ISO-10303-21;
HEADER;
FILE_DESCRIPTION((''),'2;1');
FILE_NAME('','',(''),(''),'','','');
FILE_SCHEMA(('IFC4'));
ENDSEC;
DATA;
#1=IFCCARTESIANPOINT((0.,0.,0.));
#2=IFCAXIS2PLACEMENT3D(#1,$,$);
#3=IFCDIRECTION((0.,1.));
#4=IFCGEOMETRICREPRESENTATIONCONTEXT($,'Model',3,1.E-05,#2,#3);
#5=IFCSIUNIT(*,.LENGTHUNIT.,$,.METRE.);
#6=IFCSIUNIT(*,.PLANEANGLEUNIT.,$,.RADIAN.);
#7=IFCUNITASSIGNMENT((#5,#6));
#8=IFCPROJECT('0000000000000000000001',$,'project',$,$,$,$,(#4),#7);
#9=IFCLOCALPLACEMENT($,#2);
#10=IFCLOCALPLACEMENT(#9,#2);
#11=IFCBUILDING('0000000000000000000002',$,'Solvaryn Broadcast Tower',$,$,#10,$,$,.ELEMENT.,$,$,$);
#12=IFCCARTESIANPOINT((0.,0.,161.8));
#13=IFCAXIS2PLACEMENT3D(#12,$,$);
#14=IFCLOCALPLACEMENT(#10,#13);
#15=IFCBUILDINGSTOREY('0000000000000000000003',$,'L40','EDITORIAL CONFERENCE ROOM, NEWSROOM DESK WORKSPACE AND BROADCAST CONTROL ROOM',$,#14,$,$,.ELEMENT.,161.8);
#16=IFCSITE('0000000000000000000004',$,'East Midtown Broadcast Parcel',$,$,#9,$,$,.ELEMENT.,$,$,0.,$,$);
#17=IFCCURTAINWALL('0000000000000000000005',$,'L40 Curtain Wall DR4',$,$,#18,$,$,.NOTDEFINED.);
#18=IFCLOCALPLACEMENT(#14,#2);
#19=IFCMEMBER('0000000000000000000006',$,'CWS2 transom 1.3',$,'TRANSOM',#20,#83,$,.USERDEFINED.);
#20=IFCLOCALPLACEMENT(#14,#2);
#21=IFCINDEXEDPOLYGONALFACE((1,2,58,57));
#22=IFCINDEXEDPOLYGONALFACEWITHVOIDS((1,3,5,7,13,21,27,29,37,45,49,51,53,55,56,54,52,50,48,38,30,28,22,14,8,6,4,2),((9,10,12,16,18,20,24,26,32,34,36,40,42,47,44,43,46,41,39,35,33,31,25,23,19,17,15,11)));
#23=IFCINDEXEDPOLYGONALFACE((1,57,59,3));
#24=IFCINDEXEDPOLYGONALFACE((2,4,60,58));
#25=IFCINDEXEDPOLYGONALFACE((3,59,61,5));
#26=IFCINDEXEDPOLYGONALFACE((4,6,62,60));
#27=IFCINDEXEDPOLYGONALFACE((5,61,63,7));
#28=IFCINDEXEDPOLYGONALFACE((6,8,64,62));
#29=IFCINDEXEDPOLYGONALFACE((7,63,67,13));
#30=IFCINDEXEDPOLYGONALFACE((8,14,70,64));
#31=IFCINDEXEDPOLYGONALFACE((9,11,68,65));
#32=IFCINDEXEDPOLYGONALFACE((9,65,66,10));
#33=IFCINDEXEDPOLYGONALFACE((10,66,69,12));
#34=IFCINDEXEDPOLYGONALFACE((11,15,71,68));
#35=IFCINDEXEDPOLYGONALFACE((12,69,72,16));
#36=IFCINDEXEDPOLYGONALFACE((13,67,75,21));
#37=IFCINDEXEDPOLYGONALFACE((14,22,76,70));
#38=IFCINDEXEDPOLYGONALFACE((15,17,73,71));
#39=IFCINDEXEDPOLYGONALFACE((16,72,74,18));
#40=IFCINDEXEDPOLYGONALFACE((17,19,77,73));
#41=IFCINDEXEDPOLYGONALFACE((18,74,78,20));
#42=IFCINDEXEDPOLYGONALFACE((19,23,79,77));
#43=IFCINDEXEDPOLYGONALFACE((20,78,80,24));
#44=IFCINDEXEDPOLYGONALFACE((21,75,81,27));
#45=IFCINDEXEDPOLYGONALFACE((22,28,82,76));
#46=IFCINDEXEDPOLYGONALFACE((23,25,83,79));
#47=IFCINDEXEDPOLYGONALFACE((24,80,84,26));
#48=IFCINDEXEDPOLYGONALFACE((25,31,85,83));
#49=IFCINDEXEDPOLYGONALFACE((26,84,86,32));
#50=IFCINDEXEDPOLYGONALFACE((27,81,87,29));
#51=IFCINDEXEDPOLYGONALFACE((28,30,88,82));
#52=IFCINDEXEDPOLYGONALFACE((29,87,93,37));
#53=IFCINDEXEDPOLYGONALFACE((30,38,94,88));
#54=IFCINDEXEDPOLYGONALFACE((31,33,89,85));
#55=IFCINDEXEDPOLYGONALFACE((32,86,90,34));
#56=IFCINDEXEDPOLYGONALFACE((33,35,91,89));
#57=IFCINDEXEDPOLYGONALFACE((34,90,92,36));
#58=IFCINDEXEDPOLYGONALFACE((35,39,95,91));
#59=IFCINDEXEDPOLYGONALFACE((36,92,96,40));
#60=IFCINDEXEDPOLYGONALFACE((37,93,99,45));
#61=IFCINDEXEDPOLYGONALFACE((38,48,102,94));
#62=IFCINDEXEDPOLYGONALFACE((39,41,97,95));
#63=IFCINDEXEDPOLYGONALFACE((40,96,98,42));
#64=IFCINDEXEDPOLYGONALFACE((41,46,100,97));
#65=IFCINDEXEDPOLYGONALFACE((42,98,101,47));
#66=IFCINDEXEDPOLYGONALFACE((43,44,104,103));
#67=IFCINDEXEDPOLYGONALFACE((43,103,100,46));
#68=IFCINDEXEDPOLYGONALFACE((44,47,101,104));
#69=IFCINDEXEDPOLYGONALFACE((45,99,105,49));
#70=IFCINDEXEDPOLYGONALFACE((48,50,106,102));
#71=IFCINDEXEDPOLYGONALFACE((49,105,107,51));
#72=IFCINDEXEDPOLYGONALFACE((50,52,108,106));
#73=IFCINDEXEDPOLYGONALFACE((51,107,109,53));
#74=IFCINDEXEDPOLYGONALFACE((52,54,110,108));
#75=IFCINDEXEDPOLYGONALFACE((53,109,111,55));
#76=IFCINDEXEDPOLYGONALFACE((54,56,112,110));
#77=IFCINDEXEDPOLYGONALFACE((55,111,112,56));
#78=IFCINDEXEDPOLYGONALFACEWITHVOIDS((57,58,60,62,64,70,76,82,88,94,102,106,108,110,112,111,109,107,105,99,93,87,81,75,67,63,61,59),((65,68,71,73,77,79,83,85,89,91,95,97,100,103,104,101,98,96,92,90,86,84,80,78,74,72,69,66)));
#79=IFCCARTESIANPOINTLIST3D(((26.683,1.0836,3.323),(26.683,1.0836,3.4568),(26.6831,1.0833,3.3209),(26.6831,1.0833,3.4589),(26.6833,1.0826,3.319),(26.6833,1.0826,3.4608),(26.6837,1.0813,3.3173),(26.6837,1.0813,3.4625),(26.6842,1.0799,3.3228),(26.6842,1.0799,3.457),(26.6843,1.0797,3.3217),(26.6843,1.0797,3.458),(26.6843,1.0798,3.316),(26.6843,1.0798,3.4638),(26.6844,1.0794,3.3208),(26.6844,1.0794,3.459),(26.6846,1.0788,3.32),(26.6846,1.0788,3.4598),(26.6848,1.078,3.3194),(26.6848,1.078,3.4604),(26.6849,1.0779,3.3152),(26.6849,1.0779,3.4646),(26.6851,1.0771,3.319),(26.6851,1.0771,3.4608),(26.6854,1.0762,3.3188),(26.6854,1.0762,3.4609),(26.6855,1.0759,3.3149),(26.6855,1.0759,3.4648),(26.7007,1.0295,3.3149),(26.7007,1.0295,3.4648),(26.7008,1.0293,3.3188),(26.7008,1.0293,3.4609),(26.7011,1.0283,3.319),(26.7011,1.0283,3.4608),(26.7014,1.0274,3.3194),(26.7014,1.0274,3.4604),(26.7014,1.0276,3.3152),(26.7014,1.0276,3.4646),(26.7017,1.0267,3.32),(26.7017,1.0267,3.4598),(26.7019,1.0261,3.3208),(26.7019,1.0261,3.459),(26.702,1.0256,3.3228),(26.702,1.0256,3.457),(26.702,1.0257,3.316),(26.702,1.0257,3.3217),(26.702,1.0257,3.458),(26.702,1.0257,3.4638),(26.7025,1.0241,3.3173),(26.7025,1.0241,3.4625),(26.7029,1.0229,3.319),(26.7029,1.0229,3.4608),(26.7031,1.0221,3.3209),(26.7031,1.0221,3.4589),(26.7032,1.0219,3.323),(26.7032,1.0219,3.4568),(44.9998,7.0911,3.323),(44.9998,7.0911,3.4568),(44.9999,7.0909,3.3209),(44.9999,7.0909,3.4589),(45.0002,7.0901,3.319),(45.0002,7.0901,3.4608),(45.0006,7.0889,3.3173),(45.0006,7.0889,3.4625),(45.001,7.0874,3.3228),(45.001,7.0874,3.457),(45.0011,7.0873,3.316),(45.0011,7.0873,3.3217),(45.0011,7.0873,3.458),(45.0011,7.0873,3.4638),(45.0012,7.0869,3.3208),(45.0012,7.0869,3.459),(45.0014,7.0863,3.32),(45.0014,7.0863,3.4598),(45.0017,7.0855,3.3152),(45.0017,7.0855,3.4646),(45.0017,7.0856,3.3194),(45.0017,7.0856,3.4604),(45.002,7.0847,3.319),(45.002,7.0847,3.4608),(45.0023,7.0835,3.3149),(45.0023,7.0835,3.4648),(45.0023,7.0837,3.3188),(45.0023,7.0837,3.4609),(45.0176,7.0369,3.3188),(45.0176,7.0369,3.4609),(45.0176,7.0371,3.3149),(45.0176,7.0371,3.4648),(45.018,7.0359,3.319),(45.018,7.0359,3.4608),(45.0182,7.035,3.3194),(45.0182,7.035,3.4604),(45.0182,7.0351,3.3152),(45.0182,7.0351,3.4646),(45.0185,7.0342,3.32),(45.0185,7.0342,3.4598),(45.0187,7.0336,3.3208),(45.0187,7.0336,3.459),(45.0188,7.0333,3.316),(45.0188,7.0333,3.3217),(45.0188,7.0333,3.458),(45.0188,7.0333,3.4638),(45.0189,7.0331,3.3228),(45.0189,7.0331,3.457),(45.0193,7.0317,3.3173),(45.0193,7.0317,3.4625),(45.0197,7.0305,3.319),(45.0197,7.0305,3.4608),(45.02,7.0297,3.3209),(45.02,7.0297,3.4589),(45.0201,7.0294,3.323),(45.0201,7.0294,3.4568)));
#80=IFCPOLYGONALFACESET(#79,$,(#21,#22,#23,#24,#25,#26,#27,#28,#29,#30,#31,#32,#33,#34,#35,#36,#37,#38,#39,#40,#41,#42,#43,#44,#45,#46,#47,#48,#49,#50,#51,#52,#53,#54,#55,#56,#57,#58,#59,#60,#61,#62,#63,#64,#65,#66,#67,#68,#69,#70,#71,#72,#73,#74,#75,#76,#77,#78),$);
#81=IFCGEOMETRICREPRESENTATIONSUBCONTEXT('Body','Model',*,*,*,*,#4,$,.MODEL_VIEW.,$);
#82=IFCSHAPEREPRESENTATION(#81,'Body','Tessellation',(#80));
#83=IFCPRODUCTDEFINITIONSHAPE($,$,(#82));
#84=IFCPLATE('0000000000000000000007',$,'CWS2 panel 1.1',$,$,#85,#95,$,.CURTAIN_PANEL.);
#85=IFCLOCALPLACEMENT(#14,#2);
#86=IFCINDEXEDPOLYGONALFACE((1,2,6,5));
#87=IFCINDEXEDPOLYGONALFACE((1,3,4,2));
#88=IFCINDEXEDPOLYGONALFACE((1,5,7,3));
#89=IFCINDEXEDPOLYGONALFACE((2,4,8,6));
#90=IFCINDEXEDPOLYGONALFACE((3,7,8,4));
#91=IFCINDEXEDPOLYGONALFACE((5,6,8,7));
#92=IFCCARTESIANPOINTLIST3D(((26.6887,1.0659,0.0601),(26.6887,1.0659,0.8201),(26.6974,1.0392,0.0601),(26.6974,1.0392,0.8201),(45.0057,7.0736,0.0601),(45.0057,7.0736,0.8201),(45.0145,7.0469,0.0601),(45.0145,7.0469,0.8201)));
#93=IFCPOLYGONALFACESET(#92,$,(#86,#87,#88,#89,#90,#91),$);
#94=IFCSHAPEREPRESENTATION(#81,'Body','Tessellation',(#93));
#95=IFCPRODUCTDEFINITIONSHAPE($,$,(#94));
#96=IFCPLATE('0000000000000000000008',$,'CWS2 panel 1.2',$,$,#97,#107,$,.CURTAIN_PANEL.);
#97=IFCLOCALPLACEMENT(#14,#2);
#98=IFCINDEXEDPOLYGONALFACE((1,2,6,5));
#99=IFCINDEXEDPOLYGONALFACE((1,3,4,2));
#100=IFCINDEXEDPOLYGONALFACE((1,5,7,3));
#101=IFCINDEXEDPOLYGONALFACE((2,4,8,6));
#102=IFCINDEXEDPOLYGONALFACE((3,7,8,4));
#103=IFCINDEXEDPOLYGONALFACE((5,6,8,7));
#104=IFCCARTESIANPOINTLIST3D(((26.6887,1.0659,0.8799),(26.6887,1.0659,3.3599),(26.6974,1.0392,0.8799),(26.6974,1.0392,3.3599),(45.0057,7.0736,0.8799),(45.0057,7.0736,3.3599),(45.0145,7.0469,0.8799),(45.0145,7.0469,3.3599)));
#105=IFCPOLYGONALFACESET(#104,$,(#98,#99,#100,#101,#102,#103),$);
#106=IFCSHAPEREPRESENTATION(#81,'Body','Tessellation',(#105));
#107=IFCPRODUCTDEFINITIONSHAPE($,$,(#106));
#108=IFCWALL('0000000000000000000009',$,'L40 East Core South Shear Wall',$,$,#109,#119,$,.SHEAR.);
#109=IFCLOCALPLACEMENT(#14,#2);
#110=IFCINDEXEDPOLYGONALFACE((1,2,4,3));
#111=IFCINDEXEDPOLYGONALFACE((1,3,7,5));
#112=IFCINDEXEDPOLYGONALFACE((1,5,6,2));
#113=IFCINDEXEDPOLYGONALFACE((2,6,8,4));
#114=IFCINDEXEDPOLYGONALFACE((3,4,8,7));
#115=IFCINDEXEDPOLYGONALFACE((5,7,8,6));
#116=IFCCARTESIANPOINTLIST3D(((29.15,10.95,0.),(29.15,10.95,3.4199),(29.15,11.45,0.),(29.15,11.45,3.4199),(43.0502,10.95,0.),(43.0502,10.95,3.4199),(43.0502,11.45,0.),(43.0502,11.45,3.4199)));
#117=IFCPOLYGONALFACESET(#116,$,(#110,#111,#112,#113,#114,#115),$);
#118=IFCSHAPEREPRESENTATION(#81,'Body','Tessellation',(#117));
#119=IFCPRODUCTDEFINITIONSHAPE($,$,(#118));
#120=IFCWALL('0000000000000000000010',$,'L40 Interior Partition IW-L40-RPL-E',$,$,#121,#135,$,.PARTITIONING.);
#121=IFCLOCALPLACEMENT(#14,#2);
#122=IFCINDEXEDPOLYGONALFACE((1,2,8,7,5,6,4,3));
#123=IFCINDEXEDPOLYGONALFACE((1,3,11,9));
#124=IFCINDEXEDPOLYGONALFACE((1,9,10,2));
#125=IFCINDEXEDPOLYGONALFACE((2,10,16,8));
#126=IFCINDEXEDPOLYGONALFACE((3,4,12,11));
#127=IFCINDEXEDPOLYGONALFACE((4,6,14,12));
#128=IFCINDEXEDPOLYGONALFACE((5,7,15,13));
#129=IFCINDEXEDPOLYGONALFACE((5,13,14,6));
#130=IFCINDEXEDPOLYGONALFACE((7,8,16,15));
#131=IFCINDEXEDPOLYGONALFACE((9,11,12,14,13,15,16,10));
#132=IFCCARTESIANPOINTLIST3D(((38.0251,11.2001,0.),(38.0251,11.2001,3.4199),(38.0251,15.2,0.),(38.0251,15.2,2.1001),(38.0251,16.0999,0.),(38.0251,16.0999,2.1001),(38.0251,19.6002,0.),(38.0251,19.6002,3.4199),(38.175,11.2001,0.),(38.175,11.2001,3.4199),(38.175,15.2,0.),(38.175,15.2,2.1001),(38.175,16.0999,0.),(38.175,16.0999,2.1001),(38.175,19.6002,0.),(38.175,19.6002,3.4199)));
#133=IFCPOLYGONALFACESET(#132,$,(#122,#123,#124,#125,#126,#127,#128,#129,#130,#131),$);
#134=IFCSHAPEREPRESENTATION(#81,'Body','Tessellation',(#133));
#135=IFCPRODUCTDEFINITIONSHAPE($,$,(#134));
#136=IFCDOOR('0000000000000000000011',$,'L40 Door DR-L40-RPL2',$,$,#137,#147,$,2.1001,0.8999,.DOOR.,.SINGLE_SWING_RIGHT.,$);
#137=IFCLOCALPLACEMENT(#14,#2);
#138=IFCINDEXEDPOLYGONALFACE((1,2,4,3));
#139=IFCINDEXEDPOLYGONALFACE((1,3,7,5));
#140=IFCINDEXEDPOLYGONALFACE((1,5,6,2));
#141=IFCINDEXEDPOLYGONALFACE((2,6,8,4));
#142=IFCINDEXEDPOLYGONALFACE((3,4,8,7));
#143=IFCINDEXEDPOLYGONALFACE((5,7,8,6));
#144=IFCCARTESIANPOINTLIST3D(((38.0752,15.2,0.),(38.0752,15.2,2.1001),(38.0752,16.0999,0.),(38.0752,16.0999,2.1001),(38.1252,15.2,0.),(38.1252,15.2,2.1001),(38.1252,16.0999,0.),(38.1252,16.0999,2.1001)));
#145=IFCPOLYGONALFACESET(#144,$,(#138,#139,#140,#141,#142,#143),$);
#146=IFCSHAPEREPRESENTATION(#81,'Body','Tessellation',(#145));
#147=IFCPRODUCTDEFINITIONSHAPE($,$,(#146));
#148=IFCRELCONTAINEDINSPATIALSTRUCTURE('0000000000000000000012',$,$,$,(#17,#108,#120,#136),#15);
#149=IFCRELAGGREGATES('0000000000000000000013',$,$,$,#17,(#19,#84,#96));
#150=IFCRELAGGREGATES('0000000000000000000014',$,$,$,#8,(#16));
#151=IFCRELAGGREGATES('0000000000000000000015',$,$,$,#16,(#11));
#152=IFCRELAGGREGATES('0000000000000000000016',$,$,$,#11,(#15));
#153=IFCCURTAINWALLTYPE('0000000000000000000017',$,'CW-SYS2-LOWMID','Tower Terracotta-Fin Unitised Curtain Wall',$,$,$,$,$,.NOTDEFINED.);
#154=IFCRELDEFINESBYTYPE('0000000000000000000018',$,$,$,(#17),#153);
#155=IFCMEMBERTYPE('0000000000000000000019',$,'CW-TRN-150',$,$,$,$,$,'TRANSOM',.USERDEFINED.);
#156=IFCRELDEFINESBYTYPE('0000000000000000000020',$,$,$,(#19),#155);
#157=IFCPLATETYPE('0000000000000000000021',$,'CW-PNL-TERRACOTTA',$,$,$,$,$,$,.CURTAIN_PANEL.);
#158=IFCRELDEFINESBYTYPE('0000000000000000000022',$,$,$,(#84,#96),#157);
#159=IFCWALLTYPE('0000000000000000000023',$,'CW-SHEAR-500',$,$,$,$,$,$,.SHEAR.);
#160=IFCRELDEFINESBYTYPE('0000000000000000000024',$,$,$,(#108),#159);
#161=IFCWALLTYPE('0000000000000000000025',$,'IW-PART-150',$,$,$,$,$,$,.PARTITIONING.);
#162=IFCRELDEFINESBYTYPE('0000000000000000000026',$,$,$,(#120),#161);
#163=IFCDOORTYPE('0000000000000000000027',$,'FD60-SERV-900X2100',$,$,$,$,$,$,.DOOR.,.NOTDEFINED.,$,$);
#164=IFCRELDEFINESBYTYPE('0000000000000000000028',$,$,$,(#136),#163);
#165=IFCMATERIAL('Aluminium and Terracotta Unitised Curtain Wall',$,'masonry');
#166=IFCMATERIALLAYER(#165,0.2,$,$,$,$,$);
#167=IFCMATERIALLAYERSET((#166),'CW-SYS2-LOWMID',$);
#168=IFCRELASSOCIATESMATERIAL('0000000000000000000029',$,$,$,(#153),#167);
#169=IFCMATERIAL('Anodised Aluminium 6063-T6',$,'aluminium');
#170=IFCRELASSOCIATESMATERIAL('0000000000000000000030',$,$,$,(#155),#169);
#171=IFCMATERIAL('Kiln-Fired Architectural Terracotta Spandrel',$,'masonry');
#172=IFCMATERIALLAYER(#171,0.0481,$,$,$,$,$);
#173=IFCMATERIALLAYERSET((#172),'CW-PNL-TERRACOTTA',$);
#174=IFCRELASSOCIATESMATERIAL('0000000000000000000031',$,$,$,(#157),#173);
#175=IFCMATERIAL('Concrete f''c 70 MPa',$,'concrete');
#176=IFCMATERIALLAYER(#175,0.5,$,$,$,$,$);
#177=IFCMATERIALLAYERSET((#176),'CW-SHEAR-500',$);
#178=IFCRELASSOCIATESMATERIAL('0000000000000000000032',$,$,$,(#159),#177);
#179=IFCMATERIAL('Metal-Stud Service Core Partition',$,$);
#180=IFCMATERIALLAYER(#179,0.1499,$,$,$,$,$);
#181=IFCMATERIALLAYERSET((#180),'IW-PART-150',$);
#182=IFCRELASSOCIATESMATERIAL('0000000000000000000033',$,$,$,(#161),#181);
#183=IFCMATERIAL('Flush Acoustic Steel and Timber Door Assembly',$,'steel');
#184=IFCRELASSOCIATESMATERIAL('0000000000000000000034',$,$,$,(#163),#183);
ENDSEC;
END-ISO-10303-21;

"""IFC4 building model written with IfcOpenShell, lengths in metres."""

from ifc_helpers import new_model, si_unit, direction, frame, frame_2d, origin, origin_2d, place, context, subcontext, project, spatial, rectangle, hollow_rectangle, extrude, material, layer, layer_set, material_profile, profile_set, type_object, element, fill, aggregate, save


model = new_model("IFC4")

# Units and contexts
model_context = context("Model", 3, precision=1e-05, world=origin(), true_north=direction((0.0, 1.0)))
body_context = subcontext(model_context, "Body", "Model", "MODEL_VIEW")
ifc_project = project(units=[si_unit("LENGTHUNIT", "METRE"), si_unit("PLANEANGLEUNIT", "RADIAN")], contexts=[model_context])

# Site, building, storey
site_placement = place(None, origin())
site = spatial("IfcSite", under=ifc_project, at=site_placement, Name="East Midtown Broadcast Parcel", CompositionType="ELEMENT", RefElevation=0.0)
building_placement = place(site_placement, origin())
building = spatial("IfcBuilding", under=site, at=building_placement, Name="Solvaryn Broadcast Tower", CompositionType="ELEMENT")
storey_placement = place(building_placement, frame((0.0, 0.0, 161.8)))
storey = spatial("IfcBuildingStorey", under=building, at=storey_placement, Name="L40", Description="EDITORIAL CONFERENCE ROOM, NEWSROOM DESK WORKSPACE AND BROADCAST CONTROL ROOM", CompositionType="ELEMENT", Elevation=161.8)

# Shared definitions
ifc_material_1 = material(Name="Aluminium and Terracotta Unitised Curtain Wall", Category="masonry")
ifc_layer_1 = layer(ifc_material_1, 0.2)
ifc_layer_set_1 = layer_set([ifc_layer_1], Name="CW-SYS2-LOWMID")
curtain_wall_type = type_object("IfcCurtainWallType", Name="CW-SYS2-LOWMID", Description="Tower Terracotta-Fin Unitised Curtain Wall", PredefinedType="NOTDEFINED", material=ifc_layer_set_1)

# Curtain wall, member, plates
curtain_wall_1_placement = place(storey_placement, origin())
curtain_wall_1 = element("IfcCurtainWall", 1, at=curtain_wall_1_placement, inside=storey, type_object=curtain_wall_type, Name="L40 Curtain Wall DR4", PredefinedType="NOTDEFINED")
ifc_material_2 = material(Name="Anodised Aluminium 6063-T6", Category="aluminium")
ifc_material_profile_1 = material_profile(ifc_material_2, hollow_rectangle(XDim=0.0649, YDim=0.1499, WallThickness=0.0039, InnerFilletRadius=0.0039, OuterFilletRadius=0.0081, at=origin_2d()))
ifc_profile_set_1 = profile_set([ifc_material_profile_1], Name="Anodised Aluminium 6063-T6")
member_type_1 = type_object("IfcMemberType", Name="CW-TRN-150", ElementType="TRANSOM", PredefinedType="USERDEFINED", material=ifc_profile_set_1)
member_1_placement = place(storey_placement, frame((26.6931, 1.0527, 3.3899), z_axis=(0.950198, 0.311646, 0.0), x_axis=(-0.311646, 0.950198, 0.0)))
member_1 = element("IfcMember", 2, at=member_1_placement, type_object=member_type_1, Name="CWS2 transom 1.3", ObjectType="TRANSOM", PredefinedType="USERDEFINED", context=body_context, shape_type="SweptSolid", body=[
    extrude(hollow_rectangle(XDim=0.0649, YDim=0.1499, WallThickness=0.0039, InnerFilletRadius=0.0039, OuterFilletRadius=0.0081, at=origin_2d()), origin(), (0.0, 0.0, 1.0), 19.2769),
])
ifc_material_3 = material(Name="Kiln-Fired Architectural Terracotta Spandrel", Category="masonry")
ifc_layer_2 = layer(ifc_material_3, 0.0481)
ifc_layer_set_2 = layer_set([ifc_layer_2], Name="CW-PNL-TERRACOTTA")
plate_type = type_object("IfcPlateType", Name="CW-PNL-TERRACOTTA", PredefinedType="CURTAIN_PANEL", material=ifc_layer_set_2)
plate_1_placement = place(storey_placement, frame((35.8516, 4.0564, 0.0601), z_axis=(0.0, 0.0, 1.0), x_axis=(0.950198, 0.311646, 0.0)))
plate_1 = element("IfcPlate", 3, at=plate_1_placement, type_object=plate_type, Name="CWS2 panel 1.1", PredefinedType="CURTAIN_PANEL", context=body_context, shape_type="SweptSolid", body=[
    extrude(rectangle(XDim=19.2771, YDim=0.0281, at=origin_2d()), origin(), (0.0, 0.0, 1.0), 0.76),
])
plate_2_placement = place(storey_placement, frame((35.8516, 4.0564, 0.8799), z_axis=(0.0, 0.0, 1.0), x_axis=(0.950198, 0.311646, 0.0)))
plate_2 = element("IfcPlate", 4, at=plate_2_placement, type_object=plate_type, Name="CWS2 panel 1.2", PredefinedType="CURTAIN_PANEL", context=body_context, shape_type="SweptSolid", body=[
    extrude(rectangle(XDim=19.2771, YDim=0.0281, at=origin_2d()), origin(), (0.0, 0.0, 1.0), 2.48),
])
aggregate(curtain_wall_1, [member_1, plate_1, plate_2])

# Wall
ifc_material_4 = material(Name="Concrete f'c 70 MPa", Category="concrete")
ifc_layer_3 = layer(ifc_material_4, 0.5)
ifc_layer_set_3 = layer_set([ifc_layer_3], Name="CW-SHEAR-500")
wall_type_1 = type_object("IfcWallType", Name="CW-SHEAR-500", PredefinedType="SHEAR", material=ifc_layer_set_3)
wall_1_placement = place(storey_placement, frame((29.1499, 11.2, 0.0), z_axis=(0.0, 0.0, 1.0), x_axis=(1.0, 0.0, 0.0)))
element("IfcWall", 5, at=wall_1_placement, inside=storey, type_object=wall_type_1, Name="L40 East Core South Shear Wall", PredefinedType="SHEAR", context=body_context, shape_type="SweptSolid", body=[
    extrude(rectangle(XDim=13.9001, YDim=0.5, at=frame_2d((6.9502, 0.0))), origin(), (0.0, 0.0, 1.0), 3.4199),
])

# Wall, opening, door
ifc_material_5 = material(Name="Metal-Stud Service Core Partition")
ifc_layer_4 = layer(ifc_material_5, 0.1499)
ifc_layer_set_4 = layer_set([ifc_layer_4], Name="IW-PART-150")
wall_type_2 = type_object("IfcWallType", Name="IW-PART-150", PredefinedType="PARTITIONING", material=ifc_layer_set_4)
wall_2_placement = place(storey_placement, frame((38.1001, 11.2, 0.0), z_axis=(0.0, 0.0, 1.0), x_axis=(0.0, 1.0, 0.0)))
wall_2 = element("IfcWall", 6, at=wall_2_placement, inside=storey, type_object=wall_type_2, Name="L40 Interior Partition IW-L40-RPL-E", PredefinedType="PARTITIONING", context=body_context, shape_type="SweptSolid", body=[
    extrude(rectangle(XDim=8.4001, YDim=0.1499, at=frame_2d((4.2002, 0.0))), origin(), (0.0, 0.0, 1.0), 3.4199),
])
opening_1_placement = place(wall_2_placement, frame((4.0, 0.0, 0.0)))
opening_1 = element("IfcOpeningElement", 7, at=opening_1_placement, cuts=wall_2, PredefinedType="OPENING", context=body_context, shape_type="SweptSolid", body=[
    extrude(rectangle(XDim=0.8999, YDim=2.1001, at=frame_2d((0.45, 1.05))), frame((0.0, 0.085, 0.0), z_axis=(0.0, -1.0, 0.0), x_axis=(1.0, 0.0, 0.0)), (0.0, 0.0, 1.0), 0.1699),
])
ifc_material_6 = material(Name="Flush Acoustic Steel and Timber Door Assembly", Category="steel")
door_type_1 = type_object("IfcDoorType", Name="FD60-SERV-900X2100", OperationType="NOTDEFINED", PredefinedType="DOOR", material=ifc_material_6)
door_1_placement = place(opening_1_placement, origin())
door_1 = element("IfcDoor", 8, at=door_1_placement, inside=storey, type_object=door_type_1, Name="L40 Door DR-L40-RPL2", OperationType="SINGLE_SWING_RIGHT", OverallHeight=2.1001, OverallWidth=0.8999, PredefinedType="DOOR", context=body_context, shape_type="SweptSolid", body=[
    extrude(rectangle(XDim=0.8999, YDim=2.1001, at=frame_2d((0.45, 1.05))), frame((0.0, 0.0249, 0.0), z_axis=(0.0, -1.0, 0.0), x_axis=(1.0, 0.0, 0.0)), (0.0, 0.0, 1.0), 0.05),
])
fill(opening_1, door_1)

save(model, "model.ifc")
